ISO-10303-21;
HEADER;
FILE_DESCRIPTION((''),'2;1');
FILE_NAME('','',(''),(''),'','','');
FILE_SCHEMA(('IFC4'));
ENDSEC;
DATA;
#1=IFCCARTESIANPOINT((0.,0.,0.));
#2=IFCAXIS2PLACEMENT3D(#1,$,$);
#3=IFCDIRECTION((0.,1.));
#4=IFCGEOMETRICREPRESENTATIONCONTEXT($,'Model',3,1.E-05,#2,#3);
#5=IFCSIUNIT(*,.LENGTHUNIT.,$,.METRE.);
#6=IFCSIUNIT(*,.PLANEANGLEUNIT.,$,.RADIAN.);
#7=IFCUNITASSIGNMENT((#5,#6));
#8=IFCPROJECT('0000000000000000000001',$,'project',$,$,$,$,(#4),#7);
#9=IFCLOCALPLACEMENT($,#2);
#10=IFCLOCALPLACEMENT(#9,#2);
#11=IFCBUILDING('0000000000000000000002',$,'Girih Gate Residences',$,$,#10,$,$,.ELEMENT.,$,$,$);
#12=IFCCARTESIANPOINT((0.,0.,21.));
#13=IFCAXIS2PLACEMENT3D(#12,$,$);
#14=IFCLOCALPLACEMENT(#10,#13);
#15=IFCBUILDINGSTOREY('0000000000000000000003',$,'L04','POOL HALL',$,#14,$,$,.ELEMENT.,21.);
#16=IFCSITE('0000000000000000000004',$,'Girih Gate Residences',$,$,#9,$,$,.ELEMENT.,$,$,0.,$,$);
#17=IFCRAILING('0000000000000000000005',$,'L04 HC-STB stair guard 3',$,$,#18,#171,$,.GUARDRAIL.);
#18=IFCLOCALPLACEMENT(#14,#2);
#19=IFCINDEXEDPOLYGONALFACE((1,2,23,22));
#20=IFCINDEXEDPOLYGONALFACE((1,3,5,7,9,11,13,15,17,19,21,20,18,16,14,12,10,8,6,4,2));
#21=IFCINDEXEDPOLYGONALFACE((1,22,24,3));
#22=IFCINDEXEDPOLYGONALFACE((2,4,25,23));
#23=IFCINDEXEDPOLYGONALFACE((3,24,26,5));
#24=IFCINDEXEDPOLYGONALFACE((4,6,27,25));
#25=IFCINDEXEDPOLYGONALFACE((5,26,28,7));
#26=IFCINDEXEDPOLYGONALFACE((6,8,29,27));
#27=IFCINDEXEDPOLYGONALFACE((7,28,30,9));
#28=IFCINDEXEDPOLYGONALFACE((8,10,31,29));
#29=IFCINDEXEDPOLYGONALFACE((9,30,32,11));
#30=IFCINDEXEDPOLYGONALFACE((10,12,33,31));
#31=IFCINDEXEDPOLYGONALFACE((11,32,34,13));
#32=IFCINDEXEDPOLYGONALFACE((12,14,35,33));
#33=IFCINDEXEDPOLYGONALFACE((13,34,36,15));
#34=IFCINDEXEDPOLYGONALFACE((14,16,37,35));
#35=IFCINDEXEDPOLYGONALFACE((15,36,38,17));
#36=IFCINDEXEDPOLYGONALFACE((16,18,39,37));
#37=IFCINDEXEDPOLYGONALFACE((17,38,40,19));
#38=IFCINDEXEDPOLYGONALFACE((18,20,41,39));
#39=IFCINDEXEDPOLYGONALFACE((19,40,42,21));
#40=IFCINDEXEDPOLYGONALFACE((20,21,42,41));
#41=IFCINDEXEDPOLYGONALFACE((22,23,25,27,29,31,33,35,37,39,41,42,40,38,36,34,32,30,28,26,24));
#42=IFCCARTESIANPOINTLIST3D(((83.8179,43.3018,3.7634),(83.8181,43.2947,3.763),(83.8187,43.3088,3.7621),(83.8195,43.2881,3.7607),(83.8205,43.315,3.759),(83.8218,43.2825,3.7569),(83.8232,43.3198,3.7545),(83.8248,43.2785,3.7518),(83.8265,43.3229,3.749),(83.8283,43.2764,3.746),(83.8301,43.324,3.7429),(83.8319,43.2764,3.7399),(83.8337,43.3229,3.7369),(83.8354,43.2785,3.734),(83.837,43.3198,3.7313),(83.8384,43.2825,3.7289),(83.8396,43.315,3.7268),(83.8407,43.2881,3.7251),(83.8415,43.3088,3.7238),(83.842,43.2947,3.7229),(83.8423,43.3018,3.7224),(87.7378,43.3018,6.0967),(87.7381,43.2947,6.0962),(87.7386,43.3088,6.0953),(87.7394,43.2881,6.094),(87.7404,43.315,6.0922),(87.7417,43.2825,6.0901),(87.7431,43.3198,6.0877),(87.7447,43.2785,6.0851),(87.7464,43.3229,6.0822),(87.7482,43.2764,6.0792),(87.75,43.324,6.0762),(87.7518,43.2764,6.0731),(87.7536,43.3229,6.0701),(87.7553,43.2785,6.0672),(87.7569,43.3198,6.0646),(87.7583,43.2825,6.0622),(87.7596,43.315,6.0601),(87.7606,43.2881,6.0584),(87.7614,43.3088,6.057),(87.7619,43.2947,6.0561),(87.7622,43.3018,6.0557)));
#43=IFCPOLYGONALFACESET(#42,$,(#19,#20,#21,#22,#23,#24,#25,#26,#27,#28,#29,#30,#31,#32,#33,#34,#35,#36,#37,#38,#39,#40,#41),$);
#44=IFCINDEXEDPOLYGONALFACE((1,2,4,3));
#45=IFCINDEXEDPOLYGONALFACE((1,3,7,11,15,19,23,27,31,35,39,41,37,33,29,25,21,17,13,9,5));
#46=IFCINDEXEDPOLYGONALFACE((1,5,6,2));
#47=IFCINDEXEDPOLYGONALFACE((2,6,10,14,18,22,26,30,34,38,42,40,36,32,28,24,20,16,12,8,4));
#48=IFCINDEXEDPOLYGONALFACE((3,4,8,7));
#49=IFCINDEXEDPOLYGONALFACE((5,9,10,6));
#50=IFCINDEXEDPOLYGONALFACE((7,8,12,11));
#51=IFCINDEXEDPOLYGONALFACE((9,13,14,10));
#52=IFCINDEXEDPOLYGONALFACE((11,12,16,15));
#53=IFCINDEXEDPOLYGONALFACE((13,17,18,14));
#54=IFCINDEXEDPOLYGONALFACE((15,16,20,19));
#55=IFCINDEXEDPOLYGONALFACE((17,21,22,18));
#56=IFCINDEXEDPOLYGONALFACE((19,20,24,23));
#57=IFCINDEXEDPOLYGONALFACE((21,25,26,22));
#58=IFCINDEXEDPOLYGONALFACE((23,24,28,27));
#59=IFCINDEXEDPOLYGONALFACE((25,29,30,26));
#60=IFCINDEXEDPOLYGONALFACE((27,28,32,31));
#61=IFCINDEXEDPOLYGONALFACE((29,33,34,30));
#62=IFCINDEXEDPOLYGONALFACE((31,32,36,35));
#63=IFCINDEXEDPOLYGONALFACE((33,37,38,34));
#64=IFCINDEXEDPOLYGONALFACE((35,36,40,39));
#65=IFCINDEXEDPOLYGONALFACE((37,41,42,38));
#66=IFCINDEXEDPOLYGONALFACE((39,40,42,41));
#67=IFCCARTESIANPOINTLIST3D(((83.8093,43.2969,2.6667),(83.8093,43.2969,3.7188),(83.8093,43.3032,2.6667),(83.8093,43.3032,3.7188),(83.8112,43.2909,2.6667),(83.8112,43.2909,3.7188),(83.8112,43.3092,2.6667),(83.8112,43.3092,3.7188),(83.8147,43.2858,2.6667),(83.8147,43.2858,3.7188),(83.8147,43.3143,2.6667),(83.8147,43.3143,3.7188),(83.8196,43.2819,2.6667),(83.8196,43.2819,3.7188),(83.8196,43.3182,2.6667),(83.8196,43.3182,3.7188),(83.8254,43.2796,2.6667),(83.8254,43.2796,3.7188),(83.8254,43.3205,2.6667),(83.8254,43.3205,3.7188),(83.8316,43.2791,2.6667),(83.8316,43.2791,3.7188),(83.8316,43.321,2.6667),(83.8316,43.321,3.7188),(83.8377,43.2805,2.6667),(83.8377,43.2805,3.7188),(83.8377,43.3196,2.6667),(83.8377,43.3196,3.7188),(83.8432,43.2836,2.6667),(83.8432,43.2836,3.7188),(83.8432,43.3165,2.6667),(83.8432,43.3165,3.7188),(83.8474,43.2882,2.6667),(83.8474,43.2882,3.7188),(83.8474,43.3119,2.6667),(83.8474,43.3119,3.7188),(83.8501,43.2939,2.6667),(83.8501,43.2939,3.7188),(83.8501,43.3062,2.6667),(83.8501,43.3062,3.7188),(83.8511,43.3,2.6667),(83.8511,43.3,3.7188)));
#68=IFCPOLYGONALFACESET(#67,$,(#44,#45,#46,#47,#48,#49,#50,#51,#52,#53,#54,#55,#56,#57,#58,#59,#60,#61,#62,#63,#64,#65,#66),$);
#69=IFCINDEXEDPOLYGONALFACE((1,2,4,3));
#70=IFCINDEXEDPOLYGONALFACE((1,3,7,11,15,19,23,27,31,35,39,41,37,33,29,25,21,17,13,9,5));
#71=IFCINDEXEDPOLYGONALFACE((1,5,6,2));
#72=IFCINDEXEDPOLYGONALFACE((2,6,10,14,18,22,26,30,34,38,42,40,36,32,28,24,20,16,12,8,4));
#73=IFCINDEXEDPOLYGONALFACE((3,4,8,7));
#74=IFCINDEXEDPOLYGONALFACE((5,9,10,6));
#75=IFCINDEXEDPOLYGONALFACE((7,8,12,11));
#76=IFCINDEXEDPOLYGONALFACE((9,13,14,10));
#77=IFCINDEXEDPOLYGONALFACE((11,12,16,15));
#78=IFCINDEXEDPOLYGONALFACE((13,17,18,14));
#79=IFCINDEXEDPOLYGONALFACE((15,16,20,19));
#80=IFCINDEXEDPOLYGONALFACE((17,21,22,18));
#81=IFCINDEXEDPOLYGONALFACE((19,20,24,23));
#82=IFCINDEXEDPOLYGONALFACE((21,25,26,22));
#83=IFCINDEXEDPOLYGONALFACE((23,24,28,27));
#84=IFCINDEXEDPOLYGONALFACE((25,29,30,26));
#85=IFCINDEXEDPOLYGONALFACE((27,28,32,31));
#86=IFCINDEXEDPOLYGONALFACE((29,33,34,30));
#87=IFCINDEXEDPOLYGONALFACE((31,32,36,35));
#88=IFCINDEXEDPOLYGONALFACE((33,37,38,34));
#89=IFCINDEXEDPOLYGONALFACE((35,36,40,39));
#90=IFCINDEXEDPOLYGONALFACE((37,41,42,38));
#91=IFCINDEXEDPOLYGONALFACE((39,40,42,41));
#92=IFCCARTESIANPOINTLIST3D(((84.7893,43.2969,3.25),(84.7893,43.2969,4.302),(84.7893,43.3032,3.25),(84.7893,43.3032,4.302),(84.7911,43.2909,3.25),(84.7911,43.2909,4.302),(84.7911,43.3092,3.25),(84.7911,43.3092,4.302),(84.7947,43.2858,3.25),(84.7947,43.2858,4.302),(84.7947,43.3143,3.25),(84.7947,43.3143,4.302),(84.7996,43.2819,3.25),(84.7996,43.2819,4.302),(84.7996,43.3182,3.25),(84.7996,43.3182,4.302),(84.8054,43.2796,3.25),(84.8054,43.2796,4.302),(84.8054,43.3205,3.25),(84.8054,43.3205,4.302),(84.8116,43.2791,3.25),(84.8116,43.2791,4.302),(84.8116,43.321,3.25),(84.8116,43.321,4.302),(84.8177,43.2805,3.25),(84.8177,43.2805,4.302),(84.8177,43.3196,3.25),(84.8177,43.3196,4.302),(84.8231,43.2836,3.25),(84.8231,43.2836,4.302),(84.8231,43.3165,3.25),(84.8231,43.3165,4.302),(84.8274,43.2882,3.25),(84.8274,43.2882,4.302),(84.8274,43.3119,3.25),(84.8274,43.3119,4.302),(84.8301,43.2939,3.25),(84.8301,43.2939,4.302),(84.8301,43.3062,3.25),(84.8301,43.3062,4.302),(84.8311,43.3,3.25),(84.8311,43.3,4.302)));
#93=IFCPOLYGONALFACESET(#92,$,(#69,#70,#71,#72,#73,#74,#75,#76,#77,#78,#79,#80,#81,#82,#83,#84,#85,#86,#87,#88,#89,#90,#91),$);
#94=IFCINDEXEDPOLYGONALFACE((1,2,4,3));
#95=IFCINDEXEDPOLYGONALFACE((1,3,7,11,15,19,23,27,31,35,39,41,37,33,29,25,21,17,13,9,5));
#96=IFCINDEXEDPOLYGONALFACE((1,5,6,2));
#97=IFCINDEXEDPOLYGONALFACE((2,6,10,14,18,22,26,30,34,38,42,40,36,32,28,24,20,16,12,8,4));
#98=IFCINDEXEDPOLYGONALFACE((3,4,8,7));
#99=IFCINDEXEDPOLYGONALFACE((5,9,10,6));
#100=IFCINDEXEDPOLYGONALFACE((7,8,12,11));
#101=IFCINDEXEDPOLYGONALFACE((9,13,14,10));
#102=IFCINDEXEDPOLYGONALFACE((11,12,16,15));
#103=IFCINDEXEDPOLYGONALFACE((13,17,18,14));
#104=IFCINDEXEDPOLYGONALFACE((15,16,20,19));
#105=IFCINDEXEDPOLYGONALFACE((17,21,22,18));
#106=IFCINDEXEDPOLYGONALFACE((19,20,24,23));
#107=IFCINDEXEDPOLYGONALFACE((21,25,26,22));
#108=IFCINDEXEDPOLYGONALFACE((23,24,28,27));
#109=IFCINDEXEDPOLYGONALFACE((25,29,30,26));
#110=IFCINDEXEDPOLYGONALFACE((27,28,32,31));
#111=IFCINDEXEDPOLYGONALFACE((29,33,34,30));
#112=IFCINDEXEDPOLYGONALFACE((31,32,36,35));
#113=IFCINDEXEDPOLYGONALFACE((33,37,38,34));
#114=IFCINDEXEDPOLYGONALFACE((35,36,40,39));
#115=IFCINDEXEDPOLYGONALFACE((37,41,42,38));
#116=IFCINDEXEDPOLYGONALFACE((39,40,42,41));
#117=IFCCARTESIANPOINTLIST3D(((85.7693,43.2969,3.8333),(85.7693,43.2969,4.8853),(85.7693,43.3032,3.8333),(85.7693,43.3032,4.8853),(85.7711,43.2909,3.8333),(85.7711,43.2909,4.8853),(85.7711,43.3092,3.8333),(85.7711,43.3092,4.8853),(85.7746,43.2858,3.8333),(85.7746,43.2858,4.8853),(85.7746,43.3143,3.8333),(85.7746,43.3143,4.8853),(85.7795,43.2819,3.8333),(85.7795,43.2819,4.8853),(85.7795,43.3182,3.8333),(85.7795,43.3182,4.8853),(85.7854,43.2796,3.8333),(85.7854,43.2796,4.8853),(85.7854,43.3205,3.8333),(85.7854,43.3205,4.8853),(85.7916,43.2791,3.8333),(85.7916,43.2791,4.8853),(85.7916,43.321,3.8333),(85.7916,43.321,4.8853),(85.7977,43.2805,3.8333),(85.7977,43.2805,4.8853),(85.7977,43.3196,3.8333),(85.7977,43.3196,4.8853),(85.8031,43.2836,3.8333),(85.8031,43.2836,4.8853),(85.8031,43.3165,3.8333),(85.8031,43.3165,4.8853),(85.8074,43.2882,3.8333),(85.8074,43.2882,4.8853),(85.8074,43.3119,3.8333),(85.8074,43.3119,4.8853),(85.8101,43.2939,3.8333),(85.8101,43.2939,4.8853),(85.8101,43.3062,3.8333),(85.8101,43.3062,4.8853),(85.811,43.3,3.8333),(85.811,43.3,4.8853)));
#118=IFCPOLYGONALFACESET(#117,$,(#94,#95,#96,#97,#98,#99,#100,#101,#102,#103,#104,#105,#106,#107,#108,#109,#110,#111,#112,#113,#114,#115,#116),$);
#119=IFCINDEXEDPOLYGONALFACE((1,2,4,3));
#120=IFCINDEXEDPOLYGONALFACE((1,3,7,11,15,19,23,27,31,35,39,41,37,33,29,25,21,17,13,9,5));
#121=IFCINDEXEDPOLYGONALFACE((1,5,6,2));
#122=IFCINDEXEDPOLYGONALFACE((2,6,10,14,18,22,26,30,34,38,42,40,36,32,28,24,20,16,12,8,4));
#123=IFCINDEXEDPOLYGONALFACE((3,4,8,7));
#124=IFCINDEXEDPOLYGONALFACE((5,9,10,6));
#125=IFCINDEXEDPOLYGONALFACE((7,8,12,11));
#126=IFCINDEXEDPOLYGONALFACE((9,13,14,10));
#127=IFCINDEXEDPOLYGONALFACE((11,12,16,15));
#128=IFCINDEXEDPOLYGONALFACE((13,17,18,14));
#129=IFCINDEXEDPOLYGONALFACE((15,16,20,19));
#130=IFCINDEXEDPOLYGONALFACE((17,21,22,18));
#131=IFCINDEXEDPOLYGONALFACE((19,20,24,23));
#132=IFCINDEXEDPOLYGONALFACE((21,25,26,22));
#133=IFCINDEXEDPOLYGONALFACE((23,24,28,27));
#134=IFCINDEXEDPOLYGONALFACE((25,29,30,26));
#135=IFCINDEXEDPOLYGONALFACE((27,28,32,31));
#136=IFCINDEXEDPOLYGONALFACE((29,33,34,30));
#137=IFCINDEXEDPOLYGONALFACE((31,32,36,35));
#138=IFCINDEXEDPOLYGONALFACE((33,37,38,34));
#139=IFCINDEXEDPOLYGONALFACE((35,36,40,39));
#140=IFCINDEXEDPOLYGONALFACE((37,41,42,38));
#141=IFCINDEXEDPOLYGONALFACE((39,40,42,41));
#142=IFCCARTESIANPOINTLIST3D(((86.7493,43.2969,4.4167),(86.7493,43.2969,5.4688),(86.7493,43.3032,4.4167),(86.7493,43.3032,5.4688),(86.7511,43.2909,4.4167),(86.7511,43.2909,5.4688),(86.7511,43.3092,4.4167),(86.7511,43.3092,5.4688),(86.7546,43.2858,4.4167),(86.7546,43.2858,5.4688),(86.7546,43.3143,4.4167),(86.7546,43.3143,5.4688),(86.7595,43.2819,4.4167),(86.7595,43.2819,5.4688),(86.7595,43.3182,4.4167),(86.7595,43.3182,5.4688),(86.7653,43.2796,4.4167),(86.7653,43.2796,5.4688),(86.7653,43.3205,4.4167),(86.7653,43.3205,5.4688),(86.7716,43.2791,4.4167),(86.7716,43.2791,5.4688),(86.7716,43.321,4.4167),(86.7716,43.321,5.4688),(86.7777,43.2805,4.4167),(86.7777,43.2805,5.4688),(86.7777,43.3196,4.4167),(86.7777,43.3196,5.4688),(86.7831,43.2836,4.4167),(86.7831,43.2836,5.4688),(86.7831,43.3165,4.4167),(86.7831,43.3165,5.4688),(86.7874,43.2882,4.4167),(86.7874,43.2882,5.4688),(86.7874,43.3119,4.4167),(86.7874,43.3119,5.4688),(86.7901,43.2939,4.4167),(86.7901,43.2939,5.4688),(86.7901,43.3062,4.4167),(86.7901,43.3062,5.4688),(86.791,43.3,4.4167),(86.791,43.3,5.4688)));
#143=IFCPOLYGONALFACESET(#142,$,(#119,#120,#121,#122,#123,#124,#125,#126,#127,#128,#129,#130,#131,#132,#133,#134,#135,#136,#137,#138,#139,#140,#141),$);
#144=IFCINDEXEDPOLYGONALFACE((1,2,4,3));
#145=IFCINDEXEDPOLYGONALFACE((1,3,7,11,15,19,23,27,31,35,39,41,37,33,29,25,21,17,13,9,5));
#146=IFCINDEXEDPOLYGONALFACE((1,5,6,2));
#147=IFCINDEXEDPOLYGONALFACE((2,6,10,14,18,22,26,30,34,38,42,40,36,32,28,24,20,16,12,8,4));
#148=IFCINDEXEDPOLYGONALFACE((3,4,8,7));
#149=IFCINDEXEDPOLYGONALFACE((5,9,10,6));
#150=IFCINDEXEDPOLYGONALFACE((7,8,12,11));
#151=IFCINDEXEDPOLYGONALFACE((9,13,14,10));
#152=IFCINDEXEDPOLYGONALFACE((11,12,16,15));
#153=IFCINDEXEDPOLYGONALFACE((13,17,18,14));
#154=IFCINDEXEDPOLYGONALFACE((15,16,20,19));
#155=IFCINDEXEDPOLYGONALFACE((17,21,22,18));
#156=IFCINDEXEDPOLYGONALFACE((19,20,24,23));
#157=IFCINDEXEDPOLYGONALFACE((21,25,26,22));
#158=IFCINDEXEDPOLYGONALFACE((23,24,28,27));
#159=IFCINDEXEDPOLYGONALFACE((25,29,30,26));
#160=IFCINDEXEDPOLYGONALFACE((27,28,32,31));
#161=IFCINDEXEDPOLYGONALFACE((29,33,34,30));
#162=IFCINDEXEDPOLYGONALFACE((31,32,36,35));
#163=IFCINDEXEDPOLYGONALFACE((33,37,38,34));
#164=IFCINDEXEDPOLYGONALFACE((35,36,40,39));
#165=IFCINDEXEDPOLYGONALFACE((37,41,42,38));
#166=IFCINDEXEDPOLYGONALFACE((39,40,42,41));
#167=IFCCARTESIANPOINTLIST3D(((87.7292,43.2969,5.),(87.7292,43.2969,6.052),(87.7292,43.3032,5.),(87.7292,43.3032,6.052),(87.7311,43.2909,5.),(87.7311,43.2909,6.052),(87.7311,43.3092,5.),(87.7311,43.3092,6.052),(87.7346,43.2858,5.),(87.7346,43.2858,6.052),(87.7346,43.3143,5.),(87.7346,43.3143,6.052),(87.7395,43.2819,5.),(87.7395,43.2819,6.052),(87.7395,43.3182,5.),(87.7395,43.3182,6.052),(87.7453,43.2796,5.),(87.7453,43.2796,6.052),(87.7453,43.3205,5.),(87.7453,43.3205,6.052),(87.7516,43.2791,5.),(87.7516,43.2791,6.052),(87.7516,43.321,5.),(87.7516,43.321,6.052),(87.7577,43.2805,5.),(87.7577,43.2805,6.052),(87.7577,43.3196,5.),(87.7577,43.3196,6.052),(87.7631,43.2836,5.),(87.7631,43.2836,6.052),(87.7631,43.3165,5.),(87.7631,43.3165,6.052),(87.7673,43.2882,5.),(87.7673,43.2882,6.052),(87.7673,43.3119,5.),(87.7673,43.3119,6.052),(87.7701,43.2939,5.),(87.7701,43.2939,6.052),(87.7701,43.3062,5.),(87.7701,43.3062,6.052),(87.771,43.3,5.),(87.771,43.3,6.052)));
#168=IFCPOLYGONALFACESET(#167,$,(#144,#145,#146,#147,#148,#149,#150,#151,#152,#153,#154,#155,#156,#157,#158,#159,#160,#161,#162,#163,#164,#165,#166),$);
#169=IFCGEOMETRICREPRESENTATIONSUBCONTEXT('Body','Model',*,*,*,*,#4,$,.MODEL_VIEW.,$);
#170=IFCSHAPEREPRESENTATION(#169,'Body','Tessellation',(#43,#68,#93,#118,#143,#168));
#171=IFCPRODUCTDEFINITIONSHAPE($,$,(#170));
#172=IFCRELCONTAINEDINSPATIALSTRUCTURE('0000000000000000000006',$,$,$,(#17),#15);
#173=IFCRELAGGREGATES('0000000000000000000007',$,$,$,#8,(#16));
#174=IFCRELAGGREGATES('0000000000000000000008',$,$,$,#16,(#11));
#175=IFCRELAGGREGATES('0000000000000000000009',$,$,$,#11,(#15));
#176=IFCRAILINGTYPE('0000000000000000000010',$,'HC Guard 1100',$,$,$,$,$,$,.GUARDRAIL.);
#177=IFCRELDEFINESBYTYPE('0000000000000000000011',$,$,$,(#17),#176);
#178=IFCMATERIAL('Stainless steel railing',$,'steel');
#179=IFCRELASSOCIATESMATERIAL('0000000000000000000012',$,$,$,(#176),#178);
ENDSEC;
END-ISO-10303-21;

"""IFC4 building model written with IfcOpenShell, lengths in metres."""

from ifc_helpers import new_model, si_unit, direction, frame, origin, origin_2d, place, context, subcontext, project, spatial, circle, extrude, material, type_object, element, save


model = new_model("IFC4")

# Units and contexts
model_context = context("Model", 3, precision=1e-05, world=origin(), true_north=direction((0.0, 1.0)))
body_context = subcontext(model_context, "Body", "Model", "MODEL_VIEW")
ifc_project = project(units=[si_unit("LENGTHUNIT", "METRE"), si_unit("PLANEANGLEUNIT", "RADIAN")], contexts=[model_context])

# Site, building, storey
site_placement = place(None, origin())
site = spatial("IfcSite", under=ifc_project, at=site_placement, Name="Girih Gate Residences", CompositionType="ELEMENT", RefElevation=0.0)
building_placement = place(site_placement, origin())
building = spatial("IfcBuilding", under=site, at=building_placement, Name="Girih Gate Residences", CompositionType="ELEMENT")
storey_placement = place(building_placement, frame((0.0, 0.0, 21.0)))
storey = spatial("IfcBuildingStorey", under=building, at=storey_placement, Name="L04", Description="POOL HALL", CompositionType="ELEMENT", Elevation=21.0)

# Railing
ifc_material_1 = material(Name="Stainless steel railing", Category="steel")
railing_type_1 = type_object("IfcRailingType", Name="HC Guard 1100", PredefinedType="GUARDRAIL", material=ifc_material_1)
railing_1_placement = place(storey_placement, frame((83.8301, 43.3, 2.6667)))
element("IfcRailing", 1, at=railing_1_placement, inside=storey, type_object=railing_type_1, Name="L04 HC-STB stair guard 3", PredefinedType="GUARDRAIL", context=body_context, shape_type="SweptSolid", body=[
    extrude(circle(Radius=0.0239, at=origin_2d()), frame((0.0, 0.0, 1.0762), z_axis=(0.859296, 0.0, 0.511478), x_axis=(0.0, 1.0, 0.0)), (0.0, 0.0, 1.0), 4.5618),
    extrude(circle(Radius=0.021, at=origin_2d()), origin(), (0.0, 0.0, 1.0), 1.052),
    extrude(circle(Radius=0.021, at=origin_2d()), frame((0.98, 0.0, 0.5833)), (0.0, 0.0, 1.0), 1.052),
    extrude(circle(Radius=0.021, at=origin_2d()), frame((1.96, 0.0, 1.1665)), (0.0, 0.0, 1.0), 1.052),
    extrude(circle(Radius=0.021, at=origin_2d()), frame((2.9399, 0.0, 1.75)), (0.0, 0.0, 1.0), 1.052),
    extrude(circle(Radius=0.021, at=origin_2d()), frame((3.9199, 0.0, 2.3333)), (0.0, 0.0, 1.0), 1.052),
])

save(model, "model.ifc")
